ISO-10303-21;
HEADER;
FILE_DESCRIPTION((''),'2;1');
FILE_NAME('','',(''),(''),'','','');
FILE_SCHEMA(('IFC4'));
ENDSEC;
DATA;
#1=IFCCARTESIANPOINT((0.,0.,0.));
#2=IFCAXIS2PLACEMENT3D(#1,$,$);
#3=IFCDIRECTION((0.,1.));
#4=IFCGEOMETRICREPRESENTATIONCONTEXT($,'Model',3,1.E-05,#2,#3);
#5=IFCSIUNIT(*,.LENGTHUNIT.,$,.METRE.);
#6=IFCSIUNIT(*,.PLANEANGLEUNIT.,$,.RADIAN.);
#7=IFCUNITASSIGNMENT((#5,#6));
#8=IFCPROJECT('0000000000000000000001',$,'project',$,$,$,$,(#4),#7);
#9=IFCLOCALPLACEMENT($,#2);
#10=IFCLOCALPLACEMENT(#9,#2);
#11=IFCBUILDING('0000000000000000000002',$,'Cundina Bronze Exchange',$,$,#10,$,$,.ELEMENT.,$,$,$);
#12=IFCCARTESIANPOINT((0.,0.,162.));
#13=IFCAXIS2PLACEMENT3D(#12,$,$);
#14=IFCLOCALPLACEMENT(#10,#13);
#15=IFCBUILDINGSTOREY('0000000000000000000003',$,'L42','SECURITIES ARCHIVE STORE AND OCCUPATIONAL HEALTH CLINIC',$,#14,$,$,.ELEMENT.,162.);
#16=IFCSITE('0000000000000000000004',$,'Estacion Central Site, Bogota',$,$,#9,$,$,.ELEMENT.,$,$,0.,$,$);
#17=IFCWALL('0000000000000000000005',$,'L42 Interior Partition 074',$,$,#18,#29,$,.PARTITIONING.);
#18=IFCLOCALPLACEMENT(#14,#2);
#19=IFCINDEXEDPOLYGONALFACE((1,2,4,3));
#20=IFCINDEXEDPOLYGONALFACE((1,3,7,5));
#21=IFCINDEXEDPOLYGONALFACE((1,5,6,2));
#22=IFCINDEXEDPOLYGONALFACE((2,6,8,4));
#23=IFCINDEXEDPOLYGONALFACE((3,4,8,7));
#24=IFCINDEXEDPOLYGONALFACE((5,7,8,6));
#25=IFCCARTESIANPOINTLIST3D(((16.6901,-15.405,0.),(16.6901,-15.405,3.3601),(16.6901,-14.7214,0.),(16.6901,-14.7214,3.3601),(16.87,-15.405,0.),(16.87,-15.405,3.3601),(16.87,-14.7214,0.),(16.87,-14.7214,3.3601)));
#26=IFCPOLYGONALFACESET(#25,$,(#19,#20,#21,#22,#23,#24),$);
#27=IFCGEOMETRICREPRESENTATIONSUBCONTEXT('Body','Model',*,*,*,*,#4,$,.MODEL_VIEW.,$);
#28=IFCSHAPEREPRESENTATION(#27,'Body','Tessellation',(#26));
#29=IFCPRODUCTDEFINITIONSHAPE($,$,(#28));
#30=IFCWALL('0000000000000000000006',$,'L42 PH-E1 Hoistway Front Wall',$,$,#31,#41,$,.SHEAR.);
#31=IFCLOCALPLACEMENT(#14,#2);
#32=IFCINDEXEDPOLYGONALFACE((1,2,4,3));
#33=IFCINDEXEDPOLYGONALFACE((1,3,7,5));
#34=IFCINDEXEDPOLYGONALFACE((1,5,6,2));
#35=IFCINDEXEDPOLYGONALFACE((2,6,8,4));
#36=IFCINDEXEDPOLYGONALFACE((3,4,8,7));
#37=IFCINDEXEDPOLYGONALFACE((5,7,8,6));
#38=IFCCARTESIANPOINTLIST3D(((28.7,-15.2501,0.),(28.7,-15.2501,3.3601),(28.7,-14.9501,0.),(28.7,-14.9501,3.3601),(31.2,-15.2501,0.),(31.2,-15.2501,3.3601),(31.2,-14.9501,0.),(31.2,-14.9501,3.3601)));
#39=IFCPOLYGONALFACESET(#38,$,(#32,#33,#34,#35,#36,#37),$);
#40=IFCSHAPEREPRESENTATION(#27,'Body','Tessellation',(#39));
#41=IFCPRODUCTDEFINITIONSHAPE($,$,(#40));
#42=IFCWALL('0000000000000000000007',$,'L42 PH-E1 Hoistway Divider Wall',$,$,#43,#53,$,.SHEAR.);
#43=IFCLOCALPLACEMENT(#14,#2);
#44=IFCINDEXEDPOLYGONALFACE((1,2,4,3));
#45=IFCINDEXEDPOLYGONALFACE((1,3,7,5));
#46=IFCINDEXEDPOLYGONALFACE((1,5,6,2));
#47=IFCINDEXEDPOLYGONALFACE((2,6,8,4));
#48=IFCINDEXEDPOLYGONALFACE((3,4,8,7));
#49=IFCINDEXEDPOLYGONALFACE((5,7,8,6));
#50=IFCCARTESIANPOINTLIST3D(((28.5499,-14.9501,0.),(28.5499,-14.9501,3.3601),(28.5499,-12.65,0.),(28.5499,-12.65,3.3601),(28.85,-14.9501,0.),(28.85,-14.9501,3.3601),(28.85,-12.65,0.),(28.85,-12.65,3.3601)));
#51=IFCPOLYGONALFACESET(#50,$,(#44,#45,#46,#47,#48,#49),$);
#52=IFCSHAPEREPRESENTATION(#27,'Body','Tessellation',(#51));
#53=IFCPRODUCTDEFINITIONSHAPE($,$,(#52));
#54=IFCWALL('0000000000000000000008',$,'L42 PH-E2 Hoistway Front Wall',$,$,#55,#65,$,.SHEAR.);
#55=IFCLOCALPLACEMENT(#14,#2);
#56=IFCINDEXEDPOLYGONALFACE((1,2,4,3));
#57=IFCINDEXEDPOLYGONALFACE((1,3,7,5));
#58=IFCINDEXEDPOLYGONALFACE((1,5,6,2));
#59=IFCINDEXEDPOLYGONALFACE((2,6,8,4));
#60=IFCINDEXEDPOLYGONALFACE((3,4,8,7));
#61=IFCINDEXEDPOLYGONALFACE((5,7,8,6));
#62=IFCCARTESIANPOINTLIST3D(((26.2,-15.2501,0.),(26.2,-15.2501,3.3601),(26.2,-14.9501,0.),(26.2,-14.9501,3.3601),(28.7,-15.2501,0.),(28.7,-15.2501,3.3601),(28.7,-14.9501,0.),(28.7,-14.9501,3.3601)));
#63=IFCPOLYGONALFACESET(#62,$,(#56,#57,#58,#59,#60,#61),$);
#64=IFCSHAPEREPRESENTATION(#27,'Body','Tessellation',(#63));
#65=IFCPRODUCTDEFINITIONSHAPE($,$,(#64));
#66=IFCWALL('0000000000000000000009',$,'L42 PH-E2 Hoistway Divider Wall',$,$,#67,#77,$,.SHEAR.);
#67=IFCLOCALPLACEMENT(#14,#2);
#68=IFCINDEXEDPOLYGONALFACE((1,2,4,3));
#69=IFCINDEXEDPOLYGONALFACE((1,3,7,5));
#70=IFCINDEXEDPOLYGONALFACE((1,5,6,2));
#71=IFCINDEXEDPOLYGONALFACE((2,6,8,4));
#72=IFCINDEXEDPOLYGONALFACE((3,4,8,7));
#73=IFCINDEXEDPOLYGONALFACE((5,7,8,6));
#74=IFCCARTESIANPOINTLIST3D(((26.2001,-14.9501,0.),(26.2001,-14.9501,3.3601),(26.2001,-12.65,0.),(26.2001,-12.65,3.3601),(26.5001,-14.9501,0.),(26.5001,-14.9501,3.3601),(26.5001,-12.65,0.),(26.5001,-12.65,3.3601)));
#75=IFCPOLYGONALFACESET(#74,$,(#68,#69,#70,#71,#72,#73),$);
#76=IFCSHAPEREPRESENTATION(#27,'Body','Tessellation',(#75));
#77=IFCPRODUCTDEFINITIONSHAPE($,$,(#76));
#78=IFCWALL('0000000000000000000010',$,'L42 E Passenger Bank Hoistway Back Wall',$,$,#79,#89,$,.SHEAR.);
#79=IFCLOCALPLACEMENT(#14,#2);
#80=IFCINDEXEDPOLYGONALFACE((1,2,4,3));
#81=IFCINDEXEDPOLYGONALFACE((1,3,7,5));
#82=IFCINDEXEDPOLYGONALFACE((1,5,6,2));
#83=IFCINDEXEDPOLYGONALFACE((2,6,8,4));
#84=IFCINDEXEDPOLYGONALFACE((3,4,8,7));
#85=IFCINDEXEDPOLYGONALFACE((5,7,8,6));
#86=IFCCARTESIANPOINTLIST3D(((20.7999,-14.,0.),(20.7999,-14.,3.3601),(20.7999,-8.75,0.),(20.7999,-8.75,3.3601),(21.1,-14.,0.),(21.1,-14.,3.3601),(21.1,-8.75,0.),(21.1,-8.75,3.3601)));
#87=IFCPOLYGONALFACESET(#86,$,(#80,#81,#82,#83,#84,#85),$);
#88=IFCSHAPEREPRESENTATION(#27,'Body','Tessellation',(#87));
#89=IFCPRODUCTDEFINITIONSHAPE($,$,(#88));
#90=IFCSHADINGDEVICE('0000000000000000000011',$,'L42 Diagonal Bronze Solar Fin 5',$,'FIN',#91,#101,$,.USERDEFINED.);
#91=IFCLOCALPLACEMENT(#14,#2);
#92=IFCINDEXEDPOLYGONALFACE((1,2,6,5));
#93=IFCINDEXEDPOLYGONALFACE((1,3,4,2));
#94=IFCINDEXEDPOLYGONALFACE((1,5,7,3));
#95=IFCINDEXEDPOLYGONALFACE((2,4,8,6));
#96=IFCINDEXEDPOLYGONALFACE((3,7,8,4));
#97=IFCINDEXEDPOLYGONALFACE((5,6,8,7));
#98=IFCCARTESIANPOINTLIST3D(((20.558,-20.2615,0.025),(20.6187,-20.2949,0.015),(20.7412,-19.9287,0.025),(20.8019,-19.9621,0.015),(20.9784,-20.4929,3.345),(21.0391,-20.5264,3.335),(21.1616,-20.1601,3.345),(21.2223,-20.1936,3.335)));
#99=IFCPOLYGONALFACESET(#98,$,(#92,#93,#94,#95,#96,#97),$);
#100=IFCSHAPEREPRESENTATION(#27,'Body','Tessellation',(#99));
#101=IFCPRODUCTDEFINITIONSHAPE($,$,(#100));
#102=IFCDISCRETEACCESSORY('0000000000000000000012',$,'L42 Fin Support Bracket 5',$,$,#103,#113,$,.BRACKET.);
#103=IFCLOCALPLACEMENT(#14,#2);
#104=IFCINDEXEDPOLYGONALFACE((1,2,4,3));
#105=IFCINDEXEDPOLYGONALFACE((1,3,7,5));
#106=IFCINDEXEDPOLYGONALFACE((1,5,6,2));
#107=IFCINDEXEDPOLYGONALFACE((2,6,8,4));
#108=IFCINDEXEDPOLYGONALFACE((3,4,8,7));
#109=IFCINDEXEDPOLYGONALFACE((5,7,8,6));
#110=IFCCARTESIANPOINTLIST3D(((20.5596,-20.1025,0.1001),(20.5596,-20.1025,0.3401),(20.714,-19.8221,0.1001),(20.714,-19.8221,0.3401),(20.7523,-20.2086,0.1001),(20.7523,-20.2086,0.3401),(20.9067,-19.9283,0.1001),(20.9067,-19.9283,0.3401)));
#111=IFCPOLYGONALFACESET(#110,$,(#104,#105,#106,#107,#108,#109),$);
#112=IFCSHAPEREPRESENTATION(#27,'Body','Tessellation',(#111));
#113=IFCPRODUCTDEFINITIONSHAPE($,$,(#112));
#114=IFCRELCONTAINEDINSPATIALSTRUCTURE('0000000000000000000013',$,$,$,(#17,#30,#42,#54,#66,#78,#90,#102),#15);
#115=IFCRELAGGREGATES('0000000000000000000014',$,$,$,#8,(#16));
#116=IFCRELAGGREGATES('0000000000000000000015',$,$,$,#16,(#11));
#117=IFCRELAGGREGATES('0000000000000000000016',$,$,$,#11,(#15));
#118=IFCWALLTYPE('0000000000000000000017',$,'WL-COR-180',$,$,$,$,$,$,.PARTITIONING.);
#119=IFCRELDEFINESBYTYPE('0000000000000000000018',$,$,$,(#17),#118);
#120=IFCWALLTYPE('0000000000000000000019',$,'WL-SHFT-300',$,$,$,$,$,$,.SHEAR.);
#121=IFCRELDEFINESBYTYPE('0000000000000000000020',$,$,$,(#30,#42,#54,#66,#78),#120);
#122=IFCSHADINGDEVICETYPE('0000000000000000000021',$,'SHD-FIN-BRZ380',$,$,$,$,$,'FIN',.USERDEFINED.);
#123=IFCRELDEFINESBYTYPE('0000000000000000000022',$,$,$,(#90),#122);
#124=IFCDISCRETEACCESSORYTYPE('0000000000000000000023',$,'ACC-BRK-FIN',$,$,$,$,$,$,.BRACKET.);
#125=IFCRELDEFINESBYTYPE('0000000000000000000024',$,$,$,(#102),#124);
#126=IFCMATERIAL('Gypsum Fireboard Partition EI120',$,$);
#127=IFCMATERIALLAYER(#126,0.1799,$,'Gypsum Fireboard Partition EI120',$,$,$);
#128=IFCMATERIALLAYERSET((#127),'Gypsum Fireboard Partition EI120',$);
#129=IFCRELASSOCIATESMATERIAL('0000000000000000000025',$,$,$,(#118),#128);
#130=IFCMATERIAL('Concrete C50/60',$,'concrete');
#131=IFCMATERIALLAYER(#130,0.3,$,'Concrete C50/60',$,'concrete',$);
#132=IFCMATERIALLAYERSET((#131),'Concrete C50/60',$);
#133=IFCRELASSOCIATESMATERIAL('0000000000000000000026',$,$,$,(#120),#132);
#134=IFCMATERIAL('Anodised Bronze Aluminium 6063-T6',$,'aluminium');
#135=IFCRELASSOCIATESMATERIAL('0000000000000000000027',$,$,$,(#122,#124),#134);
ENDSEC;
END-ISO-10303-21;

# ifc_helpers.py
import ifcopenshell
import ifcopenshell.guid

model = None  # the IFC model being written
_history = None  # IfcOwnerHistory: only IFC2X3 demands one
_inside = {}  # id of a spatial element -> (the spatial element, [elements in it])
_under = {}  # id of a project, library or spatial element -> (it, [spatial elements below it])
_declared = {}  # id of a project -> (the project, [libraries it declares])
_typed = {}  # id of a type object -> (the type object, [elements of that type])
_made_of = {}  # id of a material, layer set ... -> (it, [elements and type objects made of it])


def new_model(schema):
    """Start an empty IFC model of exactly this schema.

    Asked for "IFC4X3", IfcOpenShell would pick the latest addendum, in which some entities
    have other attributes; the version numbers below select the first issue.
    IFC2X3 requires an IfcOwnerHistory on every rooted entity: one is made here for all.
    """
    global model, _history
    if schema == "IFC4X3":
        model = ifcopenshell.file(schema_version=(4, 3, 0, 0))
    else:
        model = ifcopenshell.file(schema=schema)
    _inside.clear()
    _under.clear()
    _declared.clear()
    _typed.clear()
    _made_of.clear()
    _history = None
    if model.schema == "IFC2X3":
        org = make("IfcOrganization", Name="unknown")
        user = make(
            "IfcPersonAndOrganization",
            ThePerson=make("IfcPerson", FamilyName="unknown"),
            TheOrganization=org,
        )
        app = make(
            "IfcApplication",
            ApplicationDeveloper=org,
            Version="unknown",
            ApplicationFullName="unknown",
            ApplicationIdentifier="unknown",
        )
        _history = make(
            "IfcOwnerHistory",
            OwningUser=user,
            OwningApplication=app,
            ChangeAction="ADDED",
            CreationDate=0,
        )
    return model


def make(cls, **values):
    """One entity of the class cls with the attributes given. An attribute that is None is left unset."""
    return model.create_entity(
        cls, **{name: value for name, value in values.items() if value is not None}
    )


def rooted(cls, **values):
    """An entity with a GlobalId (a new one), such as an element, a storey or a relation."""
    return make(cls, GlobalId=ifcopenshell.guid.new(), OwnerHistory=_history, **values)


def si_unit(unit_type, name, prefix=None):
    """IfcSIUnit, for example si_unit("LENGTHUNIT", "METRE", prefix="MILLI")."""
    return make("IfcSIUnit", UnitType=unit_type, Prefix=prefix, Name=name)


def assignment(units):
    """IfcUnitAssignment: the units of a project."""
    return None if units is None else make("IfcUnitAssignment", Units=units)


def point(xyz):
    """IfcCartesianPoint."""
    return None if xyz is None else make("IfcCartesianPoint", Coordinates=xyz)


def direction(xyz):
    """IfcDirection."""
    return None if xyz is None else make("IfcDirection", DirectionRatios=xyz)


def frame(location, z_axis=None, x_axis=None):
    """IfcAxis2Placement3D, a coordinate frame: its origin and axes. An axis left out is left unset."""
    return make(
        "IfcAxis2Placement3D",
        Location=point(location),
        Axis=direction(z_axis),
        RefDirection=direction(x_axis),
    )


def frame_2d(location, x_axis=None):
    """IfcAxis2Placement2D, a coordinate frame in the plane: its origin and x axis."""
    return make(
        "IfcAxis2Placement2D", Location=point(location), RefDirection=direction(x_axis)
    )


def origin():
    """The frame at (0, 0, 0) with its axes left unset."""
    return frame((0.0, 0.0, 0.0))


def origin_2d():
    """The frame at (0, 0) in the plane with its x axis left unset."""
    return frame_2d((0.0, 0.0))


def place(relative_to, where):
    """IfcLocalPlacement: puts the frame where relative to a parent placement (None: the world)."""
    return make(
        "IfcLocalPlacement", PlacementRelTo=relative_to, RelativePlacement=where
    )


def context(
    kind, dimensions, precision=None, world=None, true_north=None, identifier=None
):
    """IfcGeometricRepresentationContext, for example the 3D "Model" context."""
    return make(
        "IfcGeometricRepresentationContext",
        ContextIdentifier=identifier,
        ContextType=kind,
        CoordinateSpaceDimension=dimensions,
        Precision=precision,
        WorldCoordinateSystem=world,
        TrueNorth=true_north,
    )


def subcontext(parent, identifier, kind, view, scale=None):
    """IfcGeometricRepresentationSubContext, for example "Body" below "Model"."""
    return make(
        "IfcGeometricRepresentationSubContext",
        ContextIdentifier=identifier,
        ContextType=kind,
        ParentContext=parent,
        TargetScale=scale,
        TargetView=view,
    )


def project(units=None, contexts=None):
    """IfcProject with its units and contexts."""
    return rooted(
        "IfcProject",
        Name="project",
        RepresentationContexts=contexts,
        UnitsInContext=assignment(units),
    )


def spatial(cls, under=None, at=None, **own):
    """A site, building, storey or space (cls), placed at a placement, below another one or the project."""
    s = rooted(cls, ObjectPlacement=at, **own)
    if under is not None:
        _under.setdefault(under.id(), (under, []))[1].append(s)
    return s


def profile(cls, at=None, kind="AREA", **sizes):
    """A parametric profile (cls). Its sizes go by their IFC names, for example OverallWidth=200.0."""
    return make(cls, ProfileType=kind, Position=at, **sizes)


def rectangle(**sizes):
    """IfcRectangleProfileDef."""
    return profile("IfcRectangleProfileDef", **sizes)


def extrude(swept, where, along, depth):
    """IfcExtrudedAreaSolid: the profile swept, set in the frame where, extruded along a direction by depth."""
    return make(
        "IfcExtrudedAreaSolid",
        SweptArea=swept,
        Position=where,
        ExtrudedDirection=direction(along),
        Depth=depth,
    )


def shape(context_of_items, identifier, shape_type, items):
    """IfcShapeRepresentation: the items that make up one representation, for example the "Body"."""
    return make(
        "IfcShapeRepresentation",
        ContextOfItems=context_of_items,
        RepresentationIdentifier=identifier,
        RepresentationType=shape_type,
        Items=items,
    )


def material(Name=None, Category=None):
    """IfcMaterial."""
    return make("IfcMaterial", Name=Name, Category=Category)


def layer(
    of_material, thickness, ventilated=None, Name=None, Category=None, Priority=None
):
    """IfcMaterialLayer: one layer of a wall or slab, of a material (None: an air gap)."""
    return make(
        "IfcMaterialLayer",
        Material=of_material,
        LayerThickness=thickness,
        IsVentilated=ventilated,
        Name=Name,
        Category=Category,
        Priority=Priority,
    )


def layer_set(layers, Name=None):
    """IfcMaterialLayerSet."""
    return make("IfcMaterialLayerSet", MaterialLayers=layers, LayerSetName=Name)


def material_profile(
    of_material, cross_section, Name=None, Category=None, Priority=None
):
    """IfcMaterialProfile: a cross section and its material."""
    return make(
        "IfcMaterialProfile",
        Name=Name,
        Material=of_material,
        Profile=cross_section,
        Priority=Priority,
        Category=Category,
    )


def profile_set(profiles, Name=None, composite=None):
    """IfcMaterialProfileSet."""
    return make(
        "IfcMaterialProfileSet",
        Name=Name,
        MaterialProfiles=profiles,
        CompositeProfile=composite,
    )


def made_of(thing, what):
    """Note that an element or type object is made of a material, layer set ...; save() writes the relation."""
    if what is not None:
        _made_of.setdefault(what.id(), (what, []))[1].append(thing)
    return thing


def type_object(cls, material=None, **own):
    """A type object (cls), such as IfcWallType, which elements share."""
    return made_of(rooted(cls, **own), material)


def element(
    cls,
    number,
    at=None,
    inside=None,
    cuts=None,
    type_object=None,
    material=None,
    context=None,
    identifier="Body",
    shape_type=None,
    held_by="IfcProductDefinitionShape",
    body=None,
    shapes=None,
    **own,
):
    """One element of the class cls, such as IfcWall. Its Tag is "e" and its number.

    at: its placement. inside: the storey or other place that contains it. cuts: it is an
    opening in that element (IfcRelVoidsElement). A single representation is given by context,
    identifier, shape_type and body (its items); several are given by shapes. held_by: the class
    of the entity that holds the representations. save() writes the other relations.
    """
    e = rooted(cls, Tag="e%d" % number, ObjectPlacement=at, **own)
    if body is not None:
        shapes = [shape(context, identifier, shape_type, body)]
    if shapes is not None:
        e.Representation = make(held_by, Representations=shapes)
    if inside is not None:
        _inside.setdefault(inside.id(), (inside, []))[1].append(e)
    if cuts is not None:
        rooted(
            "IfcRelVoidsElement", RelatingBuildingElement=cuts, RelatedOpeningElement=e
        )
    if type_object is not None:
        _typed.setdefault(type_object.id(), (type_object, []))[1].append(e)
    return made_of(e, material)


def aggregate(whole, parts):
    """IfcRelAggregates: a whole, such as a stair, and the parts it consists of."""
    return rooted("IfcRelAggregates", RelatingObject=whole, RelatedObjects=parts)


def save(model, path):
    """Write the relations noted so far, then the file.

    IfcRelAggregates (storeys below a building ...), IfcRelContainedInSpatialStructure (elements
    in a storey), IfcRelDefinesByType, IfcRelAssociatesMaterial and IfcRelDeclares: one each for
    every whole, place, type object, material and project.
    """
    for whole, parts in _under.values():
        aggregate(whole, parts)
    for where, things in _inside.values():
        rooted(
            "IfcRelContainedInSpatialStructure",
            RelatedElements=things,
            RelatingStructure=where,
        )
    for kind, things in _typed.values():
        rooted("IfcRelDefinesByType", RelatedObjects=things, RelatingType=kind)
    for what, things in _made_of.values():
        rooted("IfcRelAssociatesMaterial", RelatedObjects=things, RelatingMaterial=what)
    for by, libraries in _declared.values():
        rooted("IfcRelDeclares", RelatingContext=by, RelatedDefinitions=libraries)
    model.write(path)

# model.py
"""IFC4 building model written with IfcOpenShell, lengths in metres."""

from ifc_helpers import new_model, si_unit, direction, frame, frame_2d, origin, origin_2d, place, context, subcontext, project, spatial, rectangle, extrude, material, layer, layer_set, material_profile, profile_set, type_object, element, save


model = new_model("IFC4")

# Units and contexts
model_context = context("Model", 3, precision=1e-05, world=origin(), true_north=direction((0.0, 1.0)))
body_context = subcontext(model_context, "Body", "Model", "MODEL_VIEW")
ifc_project = project(units=[si_unit("LENGTHUNIT", "METRE"), si_unit("PLANEANGLEUNIT", "RADIAN")], contexts=[model_context])

# Site, building, storey
site_placement = place(None, origin())
site = spatial("IfcSite", under=ifc_project, at=site_placement, Name="Estacion Central Site, Bogota", CompositionType="ELEMENT", RefElevation=0.0)
building_placement = place(site_placement, origin())
building = spatial("IfcBuilding", under=site, at=building_placement, Name="Cundina Bronze Exchange", CompositionType="ELEMENT")
storey_placement = place(building_placement, frame((0.0, 0.0, 162.0)))
storey = spatial("IfcBuildingStorey", under=building, at=storey_placement, Name="L42", Description="SECURITIES ARCHIVE STORE AND OCCUPATIONAL HEALTH CLINIC", CompositionType="ELEMENT", Elevation=162.0)

# Shared definitions
ifc_material_1 = material(Name="Concrete C50/60", Category="concrete")

# Shared definitions
ifc_material_2 = material(Name="Anodised Bronze Aluminium 6063-T6", Category="aluminium")

# Shared definitions
ifc_material_3 = material(Name="Gypsum Fireboard Partition EI120")
ifc_layer_1 = layer(ifc_material_3, 0.1799, Name="Gypsum Fireboard Partition EI120")
ifc_layer_set_1 = layer_set([ifc_layer_1], Name="Gypsum Fireboard Partition EI120")
wall_type_1 = type_object("IfcWallType", Name="WL-COR-180", PredefinedType="PARTITIONING", material=ifc_layer_set_1)

# Walls
wall_1_placement = place(storey_placement, frame((16.78, -14.7214, 0.0), z_axis=(0.0, 0.0, 1.0), x_axis=(0.0, -1.0, 0.0)))
element("IfcWall", 1, at=wall_1_placement, inside=storey, type_object=wall_type_1, Name="L42 Interior Partition 074", PredefinedType="PARTITIONING", context=body_context, shape_type="SweptSolid", body=[
    extrude(rectangle(XDim=0.6836, YDim=0.1799, at=frame_2d((0.3418, 0.0))), origin(), (0.0, 0.0, 1.0), 3.3601),
])
ifc_layer_2 = layer(ifc_material_1, 0.3, Name="Concrete C50/60", Category="concrete")
ifc_layer_set_2 = layer_set([ifc_layer_2], Name="Concrete C50/60")
wall_type_2 = type_object("IfcWallType", Name="WL-SHFT-300", PredefinedType="SHEAR", material=ifc_layer_set_2)
wall_2_placement = place(storey_placement, frame((28.7, -15.1001, 0.0), z_axis=(0.0, 0.0, 1.0), x_axis=(1.0, 0.0, 0.0)))
element("IfcWall", 2, at=wall_2_placement, inside=storey, type_object=wall_type_2, Name="L42 PH-E1 Hoistway Front Wall", PredefinedType="SHEAR", context=body_context, shape_type="SweptSolid", body=[
    extrude(rectangle(XDim=2.5, YDim=0.3, at=frame_2d((1.25, 0.0))), origin(), (0.0, 0.0, 1.0), 3.3601),
])
wall_3_placement = place(storey_placement, frame((28.7, -14.95, 0.0), z_axis=(0.0, 0.0, 1.0), x_axis=(0.0, 1.0, 0.0)))
element("IfcWall", 3, at=wall_3_placement, inside=storey, type_object=wall_type_2, Name="L42 PH-E1 Hoistway Divider Wall", PredefinedType="SHEAR", context=body_context, shape_type="SweptSolid", body=[
    extrude(rectangle(XDim=2.3, YDim=0.3, at=frame_2d((1.1499, 0.0))), origin(), (0.0, 0.0, 1.0), 3.3601),
])
wall_4_placement = place(storey_placement, frame((26.2, -15.1001, 0.0), z_axis=(0.0, 0.0, 1.0), x_axis=(1.0, 0.0, 0.0)))
element("IfcWall", 4, at=wall_4_placement, inside=storey, type_object=wall_type_2, Name="L42 PH-E2 Hoistway Front Wall", PredefinedType="SHEAR", context=body_context, shape_type="SweptSolid", body=[
    extrude(rectangle(XDim=2.5, YDim=0.3, at=frame_2d((1.25, 0.0))), origin(), (0.0, 0.0, 1.0), 3.3601),
])
wall_5_placement = place(storey_placement, frame((26.3501, -14.95, 0.0), z_axis=(0.0, 0.0, 1.0), x_axis=(0.0, 1.0, 0.0)))
element("IfcWall", 5, at=wall_5_placement, inside=storey, type_object=wall_type_2, Name="L42 PH-E2 Hoistway Divider Wall", PredefinedType="SHEAR", context=body_context, shape_type="SweptSolid", body=[
    extrude(rectangle(XDim=2.3, YDim=0.3, at=frame_2d((1.1499, 0.0))), origin(), (0.0, 0.0, 1.0), 3.3601),
])
wall_6_placement = place(storey_placement, frame((20.95, -14.0, 0.0), z_axis=(0.0, 0.0, 1.0), x_axis=(0.0, 1.0, 0.0)))
element("IfcWall", 6, at=wall_6_placement, inside=storey, type_object=wall_type_2, Name="L42 E Passenger Bank Hoistway Back Wall", PredefinedType="SHEAR", context=body_context, shape_type="SweptSolid", body=[
    extrude(rectangle(XDim=5.25, YDim=0.3, at=frame_2d((2.625, 0.0))), origin(), (0.0, 0.0, 1.0), 3.3601),
])

# Shading device
ifc_material_profile_1 = material_profile(ifc_material_2, rectangle(XDim=0.0701, YDim=0.3799, at=origin_2d()), Name="FIN70X380", Category="aluminium")
ifc_profile_set_1 = profile_set([ifc_material_profile_1], Name="Anodised Bronze Aluminium 6063-T6")
shading_device_type = type_object("IfcShadingDeviceType", Name="SHD-FIN-BRZ380", ElementType="FIN", PredefinedType="USERDEFINED", material=ifc_profile_set_1)
shading_device_placement = place(storey_placement, frame((20.6799, -20.1118, 0.02), z_axis=(0.125324, -0.068994, 0.989714), x_axis=(-0.867012, 0.47731, 0.143061)))
element("IfcShadingDevice", 7, at=shading_device_placement, inside=storey, type_object=shading_device_type, Name="L42 Diagonal Bronze Solar Fin 5", ObjectType="FIN", PredefinedType="USERDEFINED", context=body_context, shape_type="SweptSolid", body=[
    extrude(rectangle(XDim=0.0701, YDim=0.3799, at=origin_2d()), origin(), (0.0, 0.0, 1.0), 3.3545),
])

# Discrete accessory
discrete_accessory_type = type_object("IfcDiscreteAccessoryType", Name="ACC-BRK-FIN", PredefinedType="BRACKET", material=ifc_material_2)
discrete_accessory_placement = place(storey_placement, frame((20.7332, -20.0154, 0.1001), z_axis=(0.0, 0.0, 1.0), x_axis=(0.875869, -0.482549, 0.0)))
element("IfcDiscreteAccessory", 8, at=discrete_accessory_placement, inside=storey, type_object=discrete_accessory_type, Name="L42 Fin Support Bracket 5", PredefinedType="BRACKET", context=body_context, shape_type="SweptSolid", body=[
    extrude(rectangle(XDim=0.22, YDim=0.3201, at=origin_2d()), origin(), (0.0, 0.0, 1.0), 0.24),
])

save(model, "model.ifc")
